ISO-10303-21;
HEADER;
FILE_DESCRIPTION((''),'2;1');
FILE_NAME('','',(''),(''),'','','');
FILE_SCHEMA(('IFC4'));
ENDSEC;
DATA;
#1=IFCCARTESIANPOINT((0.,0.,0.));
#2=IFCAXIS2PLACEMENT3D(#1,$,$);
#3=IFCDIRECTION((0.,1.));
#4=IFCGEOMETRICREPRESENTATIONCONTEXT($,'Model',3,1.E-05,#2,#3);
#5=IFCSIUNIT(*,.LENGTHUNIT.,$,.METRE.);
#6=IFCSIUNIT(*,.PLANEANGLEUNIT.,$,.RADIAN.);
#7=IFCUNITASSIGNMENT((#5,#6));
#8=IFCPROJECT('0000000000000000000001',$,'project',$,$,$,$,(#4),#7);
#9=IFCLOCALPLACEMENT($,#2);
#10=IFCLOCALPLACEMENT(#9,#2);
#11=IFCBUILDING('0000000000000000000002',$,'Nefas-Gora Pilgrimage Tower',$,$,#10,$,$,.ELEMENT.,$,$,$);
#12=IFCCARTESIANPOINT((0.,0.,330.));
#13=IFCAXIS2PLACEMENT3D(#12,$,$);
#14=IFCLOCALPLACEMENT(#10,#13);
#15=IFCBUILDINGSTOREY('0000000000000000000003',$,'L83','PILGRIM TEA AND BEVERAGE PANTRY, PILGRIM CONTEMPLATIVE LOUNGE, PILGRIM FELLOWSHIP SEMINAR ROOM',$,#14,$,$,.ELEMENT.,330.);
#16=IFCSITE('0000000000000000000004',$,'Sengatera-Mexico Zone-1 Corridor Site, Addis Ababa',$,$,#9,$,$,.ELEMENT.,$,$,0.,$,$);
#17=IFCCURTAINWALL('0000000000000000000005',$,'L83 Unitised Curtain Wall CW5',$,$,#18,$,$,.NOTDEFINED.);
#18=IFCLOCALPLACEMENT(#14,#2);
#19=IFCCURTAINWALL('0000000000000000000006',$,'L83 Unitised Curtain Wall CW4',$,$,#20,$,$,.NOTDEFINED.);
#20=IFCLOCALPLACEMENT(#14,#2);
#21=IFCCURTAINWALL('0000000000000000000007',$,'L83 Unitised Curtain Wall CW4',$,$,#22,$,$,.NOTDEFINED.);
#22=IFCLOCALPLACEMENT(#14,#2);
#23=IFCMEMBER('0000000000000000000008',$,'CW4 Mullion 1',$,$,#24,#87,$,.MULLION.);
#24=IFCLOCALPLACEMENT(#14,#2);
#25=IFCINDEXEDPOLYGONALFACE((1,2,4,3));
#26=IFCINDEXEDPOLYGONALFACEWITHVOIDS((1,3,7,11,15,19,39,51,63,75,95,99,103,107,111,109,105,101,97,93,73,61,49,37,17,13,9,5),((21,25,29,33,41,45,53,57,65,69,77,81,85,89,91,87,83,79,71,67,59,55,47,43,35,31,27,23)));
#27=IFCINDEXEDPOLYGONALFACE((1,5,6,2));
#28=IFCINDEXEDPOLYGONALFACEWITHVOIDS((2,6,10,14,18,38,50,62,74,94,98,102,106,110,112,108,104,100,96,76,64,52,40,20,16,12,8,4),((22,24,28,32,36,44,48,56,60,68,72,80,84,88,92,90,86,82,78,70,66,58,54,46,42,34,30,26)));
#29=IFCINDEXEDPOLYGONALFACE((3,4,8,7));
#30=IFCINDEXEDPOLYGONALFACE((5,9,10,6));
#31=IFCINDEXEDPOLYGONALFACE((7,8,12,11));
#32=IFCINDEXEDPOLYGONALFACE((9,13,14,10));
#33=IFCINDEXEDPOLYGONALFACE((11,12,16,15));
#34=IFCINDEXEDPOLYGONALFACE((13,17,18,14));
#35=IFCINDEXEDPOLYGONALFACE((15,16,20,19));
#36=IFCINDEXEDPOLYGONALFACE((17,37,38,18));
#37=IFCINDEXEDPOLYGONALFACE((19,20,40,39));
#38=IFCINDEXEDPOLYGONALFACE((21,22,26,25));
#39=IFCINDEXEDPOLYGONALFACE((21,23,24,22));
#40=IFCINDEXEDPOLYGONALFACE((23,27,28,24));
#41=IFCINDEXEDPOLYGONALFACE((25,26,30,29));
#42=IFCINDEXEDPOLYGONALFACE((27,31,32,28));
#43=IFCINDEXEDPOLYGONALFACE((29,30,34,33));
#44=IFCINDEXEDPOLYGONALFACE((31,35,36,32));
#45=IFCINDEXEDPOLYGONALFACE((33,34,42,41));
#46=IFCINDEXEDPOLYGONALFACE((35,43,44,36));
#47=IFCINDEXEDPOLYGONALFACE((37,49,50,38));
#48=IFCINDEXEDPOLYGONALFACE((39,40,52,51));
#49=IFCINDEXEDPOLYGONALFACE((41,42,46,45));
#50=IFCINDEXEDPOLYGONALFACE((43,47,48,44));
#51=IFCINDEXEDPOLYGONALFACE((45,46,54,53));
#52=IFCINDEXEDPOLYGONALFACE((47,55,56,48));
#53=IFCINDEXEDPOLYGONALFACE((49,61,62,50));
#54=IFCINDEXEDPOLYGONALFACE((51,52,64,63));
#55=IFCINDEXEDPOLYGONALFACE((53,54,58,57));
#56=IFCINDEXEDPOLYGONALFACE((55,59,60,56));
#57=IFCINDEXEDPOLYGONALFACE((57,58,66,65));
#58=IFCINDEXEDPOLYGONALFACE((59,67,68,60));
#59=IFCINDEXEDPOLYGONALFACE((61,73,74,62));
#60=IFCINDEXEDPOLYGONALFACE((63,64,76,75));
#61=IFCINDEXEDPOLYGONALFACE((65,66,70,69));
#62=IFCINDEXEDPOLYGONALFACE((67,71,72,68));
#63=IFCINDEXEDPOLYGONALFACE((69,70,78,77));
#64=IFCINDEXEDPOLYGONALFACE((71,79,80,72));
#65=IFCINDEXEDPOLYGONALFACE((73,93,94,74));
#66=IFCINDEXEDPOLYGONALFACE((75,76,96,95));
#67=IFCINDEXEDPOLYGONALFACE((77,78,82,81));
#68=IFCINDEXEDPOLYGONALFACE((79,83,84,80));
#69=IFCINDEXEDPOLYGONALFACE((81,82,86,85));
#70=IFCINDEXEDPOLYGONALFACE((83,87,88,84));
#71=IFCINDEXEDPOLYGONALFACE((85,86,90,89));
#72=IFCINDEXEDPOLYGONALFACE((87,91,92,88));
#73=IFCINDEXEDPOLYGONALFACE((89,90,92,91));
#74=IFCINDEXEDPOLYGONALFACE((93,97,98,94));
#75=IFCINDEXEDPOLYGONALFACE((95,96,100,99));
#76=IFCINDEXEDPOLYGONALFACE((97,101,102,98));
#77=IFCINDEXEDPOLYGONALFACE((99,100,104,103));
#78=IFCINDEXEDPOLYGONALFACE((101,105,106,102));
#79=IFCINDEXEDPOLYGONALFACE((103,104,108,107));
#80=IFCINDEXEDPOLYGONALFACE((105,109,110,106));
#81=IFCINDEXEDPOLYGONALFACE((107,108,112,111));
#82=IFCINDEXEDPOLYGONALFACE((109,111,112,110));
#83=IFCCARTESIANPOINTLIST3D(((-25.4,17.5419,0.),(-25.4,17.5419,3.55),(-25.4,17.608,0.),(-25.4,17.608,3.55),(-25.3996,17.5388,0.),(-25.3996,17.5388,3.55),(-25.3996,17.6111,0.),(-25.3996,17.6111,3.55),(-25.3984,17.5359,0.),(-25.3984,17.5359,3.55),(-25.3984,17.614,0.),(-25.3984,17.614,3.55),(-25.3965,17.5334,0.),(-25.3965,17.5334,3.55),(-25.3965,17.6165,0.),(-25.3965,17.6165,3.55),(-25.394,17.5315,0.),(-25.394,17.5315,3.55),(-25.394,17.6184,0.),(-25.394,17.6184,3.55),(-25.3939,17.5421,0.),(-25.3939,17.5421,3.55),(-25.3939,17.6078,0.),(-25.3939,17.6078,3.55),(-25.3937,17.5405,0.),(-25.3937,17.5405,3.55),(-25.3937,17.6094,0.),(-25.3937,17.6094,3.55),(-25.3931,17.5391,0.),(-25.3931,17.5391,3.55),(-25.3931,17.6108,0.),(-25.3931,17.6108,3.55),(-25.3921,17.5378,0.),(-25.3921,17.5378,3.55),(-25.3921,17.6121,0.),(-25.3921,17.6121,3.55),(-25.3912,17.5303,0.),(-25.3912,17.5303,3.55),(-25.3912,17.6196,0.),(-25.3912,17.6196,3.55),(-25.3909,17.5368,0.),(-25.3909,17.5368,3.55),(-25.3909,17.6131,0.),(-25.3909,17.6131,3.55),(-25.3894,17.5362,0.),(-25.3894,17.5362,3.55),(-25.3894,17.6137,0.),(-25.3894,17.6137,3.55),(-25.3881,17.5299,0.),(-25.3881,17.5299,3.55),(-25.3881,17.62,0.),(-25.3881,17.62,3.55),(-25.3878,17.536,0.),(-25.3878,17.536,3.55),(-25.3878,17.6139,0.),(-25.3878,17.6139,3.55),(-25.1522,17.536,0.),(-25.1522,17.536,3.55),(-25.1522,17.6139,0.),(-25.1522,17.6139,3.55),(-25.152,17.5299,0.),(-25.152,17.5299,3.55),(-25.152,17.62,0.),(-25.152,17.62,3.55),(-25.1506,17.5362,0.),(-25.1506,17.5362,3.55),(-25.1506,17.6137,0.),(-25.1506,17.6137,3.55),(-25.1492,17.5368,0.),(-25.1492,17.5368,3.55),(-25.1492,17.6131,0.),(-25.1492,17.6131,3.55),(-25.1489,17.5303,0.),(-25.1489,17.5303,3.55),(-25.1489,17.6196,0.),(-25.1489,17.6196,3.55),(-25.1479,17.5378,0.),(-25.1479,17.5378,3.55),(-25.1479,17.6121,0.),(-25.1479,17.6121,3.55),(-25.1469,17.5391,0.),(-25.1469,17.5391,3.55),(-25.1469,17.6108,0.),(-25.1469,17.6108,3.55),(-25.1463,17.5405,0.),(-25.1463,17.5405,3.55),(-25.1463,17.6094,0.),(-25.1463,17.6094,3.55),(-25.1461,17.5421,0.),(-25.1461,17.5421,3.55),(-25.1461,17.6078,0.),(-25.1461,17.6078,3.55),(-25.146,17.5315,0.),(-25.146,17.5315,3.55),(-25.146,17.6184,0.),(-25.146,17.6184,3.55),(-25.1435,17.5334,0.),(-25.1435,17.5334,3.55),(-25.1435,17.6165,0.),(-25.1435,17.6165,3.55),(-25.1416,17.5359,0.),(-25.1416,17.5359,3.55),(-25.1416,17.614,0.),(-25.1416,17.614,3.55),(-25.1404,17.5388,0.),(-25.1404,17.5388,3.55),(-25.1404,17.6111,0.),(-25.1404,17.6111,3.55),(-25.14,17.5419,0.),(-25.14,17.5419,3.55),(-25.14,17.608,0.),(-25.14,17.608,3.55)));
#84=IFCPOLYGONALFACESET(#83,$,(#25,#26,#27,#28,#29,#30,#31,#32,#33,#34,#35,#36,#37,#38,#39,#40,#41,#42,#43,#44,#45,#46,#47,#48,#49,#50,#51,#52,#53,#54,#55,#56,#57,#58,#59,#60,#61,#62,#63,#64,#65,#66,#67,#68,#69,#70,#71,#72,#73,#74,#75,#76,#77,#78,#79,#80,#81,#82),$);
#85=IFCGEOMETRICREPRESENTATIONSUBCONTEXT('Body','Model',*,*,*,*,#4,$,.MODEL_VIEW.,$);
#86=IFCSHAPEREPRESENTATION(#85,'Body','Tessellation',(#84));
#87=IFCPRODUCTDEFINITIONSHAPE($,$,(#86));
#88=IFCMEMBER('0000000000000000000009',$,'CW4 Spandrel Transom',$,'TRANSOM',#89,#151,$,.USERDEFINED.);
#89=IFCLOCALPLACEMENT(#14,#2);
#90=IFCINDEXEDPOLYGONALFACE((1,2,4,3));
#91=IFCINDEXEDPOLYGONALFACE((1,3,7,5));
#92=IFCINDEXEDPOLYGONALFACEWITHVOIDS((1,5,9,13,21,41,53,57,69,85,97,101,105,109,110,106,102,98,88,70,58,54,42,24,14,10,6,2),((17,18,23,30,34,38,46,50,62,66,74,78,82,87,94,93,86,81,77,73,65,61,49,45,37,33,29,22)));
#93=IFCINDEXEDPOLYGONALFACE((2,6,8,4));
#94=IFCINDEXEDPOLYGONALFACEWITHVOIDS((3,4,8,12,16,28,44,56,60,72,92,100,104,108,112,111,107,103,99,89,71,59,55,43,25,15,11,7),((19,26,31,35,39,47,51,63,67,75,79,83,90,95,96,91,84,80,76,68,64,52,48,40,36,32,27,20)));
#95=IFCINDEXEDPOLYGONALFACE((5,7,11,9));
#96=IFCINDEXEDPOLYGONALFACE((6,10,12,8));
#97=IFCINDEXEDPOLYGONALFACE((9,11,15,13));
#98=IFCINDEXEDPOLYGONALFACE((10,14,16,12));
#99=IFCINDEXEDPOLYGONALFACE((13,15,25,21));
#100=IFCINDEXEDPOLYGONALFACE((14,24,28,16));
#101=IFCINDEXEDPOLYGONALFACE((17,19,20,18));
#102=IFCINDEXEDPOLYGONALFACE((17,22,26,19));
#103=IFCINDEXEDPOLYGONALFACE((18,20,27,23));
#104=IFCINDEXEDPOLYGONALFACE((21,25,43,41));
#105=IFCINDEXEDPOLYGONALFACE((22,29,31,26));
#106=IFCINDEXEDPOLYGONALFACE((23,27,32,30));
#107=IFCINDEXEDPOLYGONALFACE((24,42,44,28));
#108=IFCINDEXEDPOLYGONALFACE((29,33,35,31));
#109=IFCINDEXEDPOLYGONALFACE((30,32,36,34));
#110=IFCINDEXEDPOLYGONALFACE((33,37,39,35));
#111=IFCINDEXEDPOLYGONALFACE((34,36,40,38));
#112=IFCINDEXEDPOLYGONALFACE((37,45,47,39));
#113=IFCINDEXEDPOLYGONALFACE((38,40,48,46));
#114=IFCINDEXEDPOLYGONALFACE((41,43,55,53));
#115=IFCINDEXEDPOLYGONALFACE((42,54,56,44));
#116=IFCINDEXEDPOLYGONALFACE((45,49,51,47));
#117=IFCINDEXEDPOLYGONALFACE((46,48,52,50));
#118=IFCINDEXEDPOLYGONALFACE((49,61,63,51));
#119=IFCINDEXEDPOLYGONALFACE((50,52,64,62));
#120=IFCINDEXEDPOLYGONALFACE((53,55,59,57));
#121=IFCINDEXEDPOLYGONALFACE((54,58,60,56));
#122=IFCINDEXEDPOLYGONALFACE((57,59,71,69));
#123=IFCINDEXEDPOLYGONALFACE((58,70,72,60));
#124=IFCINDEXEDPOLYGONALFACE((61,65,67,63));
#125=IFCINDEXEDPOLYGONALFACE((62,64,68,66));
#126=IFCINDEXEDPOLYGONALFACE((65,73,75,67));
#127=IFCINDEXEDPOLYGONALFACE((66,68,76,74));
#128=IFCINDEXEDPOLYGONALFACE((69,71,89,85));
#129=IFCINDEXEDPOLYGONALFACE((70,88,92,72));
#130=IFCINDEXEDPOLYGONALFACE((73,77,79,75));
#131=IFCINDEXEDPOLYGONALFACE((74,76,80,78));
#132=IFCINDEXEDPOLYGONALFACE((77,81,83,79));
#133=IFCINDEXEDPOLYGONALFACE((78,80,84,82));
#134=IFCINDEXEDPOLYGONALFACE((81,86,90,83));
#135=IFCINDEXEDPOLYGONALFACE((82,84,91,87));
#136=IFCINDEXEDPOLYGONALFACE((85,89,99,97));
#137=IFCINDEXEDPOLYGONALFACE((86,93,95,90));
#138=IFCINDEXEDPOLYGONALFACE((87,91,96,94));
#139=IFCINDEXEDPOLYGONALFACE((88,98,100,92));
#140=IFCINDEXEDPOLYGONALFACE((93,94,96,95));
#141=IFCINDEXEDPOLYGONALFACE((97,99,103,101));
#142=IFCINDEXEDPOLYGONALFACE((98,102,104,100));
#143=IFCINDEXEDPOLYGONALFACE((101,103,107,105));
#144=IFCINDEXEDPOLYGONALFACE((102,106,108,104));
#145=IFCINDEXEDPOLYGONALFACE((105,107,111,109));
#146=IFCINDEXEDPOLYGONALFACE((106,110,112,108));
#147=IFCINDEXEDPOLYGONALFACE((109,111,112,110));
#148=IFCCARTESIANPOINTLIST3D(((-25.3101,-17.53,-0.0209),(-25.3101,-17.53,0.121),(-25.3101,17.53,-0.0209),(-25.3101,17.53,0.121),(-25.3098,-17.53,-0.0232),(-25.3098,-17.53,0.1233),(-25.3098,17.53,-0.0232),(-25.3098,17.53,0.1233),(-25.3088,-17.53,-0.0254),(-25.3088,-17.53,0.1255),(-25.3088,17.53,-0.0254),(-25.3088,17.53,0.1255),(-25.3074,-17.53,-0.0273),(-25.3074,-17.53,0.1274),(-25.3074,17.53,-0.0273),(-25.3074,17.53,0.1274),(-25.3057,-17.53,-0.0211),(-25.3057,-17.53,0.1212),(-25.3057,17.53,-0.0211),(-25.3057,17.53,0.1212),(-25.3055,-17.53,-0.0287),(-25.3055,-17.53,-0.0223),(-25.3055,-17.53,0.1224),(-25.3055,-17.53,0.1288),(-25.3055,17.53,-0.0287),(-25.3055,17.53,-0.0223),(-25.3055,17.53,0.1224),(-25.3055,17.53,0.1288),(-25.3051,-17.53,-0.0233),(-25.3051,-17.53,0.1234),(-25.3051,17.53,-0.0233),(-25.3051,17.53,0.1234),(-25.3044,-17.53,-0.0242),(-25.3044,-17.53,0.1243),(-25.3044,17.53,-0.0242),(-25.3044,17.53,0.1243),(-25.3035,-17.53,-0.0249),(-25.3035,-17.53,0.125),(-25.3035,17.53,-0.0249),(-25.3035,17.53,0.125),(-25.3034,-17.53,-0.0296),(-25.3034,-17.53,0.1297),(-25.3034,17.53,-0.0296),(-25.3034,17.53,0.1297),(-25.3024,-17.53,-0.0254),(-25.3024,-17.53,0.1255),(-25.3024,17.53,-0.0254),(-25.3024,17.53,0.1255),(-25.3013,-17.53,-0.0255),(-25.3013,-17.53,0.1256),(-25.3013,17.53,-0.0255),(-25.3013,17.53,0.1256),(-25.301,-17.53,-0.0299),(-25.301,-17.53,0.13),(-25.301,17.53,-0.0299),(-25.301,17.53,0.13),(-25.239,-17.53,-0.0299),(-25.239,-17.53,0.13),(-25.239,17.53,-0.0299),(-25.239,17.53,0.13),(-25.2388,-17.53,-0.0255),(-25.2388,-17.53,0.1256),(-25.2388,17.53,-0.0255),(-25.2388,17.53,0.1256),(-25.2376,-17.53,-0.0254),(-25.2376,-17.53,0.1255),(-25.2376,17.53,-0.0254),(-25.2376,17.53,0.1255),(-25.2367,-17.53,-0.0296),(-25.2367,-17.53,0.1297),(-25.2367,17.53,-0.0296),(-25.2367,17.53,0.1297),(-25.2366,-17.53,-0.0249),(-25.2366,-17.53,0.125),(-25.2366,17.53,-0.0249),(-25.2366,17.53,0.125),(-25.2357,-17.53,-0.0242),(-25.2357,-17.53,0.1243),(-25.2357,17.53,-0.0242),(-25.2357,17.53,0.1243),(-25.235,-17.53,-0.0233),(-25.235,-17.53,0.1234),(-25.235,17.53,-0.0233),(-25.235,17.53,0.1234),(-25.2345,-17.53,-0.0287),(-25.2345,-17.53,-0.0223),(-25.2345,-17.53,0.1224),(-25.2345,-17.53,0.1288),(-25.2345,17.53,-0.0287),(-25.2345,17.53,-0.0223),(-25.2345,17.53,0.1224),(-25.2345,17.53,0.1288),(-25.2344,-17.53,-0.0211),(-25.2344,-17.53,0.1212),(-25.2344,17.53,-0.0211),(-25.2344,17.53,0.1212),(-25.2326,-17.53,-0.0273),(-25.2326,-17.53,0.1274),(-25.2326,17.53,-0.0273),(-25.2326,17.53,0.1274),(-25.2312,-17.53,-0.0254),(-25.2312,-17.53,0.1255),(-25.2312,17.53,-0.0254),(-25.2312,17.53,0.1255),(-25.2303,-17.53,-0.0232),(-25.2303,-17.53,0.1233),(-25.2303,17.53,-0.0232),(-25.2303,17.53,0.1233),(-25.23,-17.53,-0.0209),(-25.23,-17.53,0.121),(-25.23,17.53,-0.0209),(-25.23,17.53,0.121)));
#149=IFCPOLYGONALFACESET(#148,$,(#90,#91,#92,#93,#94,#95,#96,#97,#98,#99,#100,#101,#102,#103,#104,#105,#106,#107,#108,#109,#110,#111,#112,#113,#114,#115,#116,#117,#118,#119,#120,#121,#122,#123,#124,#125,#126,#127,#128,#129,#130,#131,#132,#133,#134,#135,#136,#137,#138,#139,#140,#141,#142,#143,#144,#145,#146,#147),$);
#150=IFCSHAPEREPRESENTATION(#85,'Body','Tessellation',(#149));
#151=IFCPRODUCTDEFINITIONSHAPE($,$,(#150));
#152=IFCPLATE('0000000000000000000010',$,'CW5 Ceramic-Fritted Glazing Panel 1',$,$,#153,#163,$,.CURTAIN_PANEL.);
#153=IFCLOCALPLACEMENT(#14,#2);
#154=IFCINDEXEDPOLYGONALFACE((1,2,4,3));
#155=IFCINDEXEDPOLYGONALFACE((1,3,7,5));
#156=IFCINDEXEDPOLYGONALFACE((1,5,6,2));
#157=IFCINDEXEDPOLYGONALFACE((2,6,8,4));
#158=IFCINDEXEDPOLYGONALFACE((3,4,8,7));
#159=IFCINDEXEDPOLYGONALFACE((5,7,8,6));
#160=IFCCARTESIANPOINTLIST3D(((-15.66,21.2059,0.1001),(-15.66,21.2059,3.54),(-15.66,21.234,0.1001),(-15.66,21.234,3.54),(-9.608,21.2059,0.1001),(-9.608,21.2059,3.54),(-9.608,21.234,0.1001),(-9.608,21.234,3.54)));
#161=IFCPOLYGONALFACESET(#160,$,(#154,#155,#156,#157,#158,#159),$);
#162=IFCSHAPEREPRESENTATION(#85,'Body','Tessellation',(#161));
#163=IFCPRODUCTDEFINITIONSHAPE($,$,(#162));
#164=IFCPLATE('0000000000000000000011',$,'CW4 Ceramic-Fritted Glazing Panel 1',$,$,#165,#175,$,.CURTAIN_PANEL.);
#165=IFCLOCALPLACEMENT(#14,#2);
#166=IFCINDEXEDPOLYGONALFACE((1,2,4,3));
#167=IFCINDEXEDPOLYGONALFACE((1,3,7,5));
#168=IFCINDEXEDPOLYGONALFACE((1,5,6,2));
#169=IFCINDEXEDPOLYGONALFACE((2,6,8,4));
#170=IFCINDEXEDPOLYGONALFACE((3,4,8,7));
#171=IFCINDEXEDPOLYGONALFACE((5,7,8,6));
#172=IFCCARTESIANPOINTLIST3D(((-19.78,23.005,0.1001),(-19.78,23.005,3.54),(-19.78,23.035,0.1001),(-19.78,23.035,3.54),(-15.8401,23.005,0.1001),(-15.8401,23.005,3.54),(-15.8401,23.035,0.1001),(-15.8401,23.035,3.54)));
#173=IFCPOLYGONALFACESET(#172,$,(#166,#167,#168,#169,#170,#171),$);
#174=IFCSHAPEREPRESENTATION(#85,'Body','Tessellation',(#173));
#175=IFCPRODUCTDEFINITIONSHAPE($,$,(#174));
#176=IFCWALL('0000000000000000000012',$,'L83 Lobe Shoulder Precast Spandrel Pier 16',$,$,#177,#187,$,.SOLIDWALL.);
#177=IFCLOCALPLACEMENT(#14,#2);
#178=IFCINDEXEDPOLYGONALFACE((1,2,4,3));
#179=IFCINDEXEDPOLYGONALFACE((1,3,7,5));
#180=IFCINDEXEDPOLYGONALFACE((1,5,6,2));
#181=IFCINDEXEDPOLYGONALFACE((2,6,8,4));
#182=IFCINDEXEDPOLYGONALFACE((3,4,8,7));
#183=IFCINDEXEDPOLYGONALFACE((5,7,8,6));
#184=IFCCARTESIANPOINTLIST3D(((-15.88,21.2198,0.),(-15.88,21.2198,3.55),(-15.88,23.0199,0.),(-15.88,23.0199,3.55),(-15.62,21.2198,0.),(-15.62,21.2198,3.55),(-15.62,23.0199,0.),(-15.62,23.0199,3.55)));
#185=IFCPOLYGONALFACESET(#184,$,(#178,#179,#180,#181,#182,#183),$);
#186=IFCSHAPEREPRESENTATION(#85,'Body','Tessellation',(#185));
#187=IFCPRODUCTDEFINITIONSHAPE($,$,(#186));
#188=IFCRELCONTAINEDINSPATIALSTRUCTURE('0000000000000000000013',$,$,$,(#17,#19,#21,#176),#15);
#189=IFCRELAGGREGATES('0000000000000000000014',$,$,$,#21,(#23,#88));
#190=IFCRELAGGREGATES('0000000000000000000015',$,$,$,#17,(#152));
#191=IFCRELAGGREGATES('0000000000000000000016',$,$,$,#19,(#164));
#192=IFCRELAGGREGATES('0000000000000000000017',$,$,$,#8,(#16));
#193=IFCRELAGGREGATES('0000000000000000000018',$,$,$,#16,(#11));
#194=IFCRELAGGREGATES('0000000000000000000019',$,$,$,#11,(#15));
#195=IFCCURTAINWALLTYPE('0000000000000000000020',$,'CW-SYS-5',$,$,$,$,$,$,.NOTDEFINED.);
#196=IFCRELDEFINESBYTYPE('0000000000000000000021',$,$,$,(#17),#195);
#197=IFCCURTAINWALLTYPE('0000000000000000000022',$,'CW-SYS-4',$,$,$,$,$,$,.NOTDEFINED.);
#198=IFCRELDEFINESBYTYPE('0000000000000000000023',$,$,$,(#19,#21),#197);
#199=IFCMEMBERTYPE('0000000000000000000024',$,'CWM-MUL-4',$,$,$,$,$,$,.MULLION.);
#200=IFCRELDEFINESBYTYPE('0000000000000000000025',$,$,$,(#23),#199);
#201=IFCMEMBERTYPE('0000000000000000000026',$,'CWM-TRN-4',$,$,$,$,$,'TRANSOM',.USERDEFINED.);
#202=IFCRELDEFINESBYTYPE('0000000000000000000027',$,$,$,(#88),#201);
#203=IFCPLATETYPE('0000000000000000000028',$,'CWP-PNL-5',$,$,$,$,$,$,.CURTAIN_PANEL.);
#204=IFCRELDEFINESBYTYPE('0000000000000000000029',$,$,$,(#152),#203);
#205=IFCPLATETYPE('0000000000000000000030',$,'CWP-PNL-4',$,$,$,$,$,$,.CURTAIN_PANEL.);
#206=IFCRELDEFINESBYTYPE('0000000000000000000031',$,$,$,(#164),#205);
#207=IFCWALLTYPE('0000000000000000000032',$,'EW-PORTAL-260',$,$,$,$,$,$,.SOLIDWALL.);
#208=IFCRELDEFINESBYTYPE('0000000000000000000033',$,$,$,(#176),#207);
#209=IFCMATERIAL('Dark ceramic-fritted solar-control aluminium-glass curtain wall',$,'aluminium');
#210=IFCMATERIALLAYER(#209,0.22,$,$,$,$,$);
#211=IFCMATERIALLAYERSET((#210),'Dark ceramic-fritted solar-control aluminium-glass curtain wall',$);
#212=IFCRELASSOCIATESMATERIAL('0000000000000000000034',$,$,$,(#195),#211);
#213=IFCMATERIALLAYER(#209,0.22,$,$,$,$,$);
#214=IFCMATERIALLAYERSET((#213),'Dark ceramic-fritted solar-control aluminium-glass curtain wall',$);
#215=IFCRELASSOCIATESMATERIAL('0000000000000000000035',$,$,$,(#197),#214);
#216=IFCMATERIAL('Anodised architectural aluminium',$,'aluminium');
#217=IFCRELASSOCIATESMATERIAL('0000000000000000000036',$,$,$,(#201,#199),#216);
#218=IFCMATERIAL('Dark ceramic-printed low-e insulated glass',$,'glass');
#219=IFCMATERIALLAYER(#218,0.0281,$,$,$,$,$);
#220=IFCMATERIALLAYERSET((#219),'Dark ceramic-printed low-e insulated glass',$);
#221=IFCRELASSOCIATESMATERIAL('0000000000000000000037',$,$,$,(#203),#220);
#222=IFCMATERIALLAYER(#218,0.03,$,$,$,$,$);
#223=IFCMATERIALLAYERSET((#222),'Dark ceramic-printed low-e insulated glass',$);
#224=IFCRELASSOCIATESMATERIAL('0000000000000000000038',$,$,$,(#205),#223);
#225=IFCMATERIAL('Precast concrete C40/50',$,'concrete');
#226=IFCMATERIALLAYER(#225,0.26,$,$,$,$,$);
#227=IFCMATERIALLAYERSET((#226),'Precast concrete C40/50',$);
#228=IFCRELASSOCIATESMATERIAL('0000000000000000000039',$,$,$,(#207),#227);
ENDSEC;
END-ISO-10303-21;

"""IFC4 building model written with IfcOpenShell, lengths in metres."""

from ifc_helpers import new_model, si_unit, direction, frame, frame_2d, origin, origin_2d, place, context, subcontext, project, spatial, rectangle, hollow_rectangle, extrude, source, transform, mapped, material, layer, layer_set, material_profile, profile_set, type_object, element, aggregate, save


model = new_model("IFC4")

# Units and contexts
model_context = context("Model", 3, precision=1e-05, world=origin(), true_north=direction((0.0, 1.0)))
body_context = subcontext(model_context, "Body", "Model", "MODEL_VIEW")
ifc_project = project(units=[si_unit("LENGTHUNIT", "METRE"), si_unit("PLANEANGLEUNIT", "RADIAN")], contexts=[model_context])

# Site, building, storey
site_placement = place(None, origin())
site = spatial("IfcSite", under=ifc_project, at=site_placement, Name="Sengatera-Mexico Zone-1 Corridor Site, Addis Ababa", CompositionType="ELEMENT", RefElevation=0.0)
building_placement = place(site_placement, origin())
building = spatial("IfcBuilding", under=site, at=building_placement, Name="Nefas-Gora Pilgrimage Tower", CompositionType="ELEMENT")
storey_placement = place(building_placement, frame((0.0, 0.0, 330.0)))
storey = spatial("IfcBuildingStorey", under=building, at=storey_placement, Name="L83", Description="PILGRIM TEA AND BEVERAGE PANTRY, PILGRIM CONTEMPLATIVE LOUNGE, PILGRIM FELLOWSHIP SEMINAR ROOM", CompositionType="ELEMENT", Elevation=330.0)

# Curtain wall
ifc_material_1 = material(Name="Dark ceramic-fritted solar-control aluminium-glass curtain wall", Category="aluminium")
ifc_layer_1 = layer(ifc_material_1, 0.22)
ifc_layer_set_1 = layer_set([ifc_layer_1], Name="Dark ceramic-fritted solar-control aluminium-glass curtain wall")
curtain_wall_type_1 = type_object("IfcCurtainWallType", Name="CW-SYS-5", PredefinedType="NOTDEFINED", material=ifc_layer_set_1)
curtain_wall_1_placement = place(storey_placement, origin())
curtain_wall_1 = element("IfcCurtainWall", 1, at=curtain_wall_1_placement, inside=storey, type_object=curtain_wall_type_1, Name="L83 Unitised Curtain Wall CW5", PredefinedType="NOTDEFINED")
ifc_material_2 = material(Name="Anodised architectural aluminium", Category="aluminium")

# Curtain walls, members
ifc_layer_2 = layer(ifc_material_1, 0.22)
ifc_layer_set_2 = layer_set([ifc_layer_2], Name="Dark ceramic-fritted solar-control aluminium-glass curtain wall")
curtain_wall_type_2 = type_object("IfcCurtainWallType", Name="CW-SYS-4", PredefinedType="NOTDEFINED", material=ifc_layer_set_2)
curtain_wall_2_placement = place(storey_placement, origin())
curtain_wall_2 = element("IfcCurtainWall", 2, at=curtain_wall_2_placement, inside=storey, type_object=curtain_wall_type_2, Name="L83 Unitised Curtain Wall CW4", PredefinedType="NOTDEFINED")
ifc_material_profile_1 = material_profile(ifc_material_2, hollow_rectangle(XDim=0.0801, YDim=0.1599, WallThickness=0.0044, InnerFilletRadius=0.0044, OuterFilletRadius=0.009, at=origin_2d()), Name="ALU TRANSOM 80x160")
ifc_profile_set_1 = profile_set([ifc_material_profile_1], Name="Anodised architectural aluminium")
member_type_1 = type_object("IfcMemberType", Name="CWM-TRN-4", ElementType="TRANSOM", PredefinedType="USERDEFINED", material=ifc_profile_set_1)
ifc_material_profile_2 = material_profile(ifc_material_2, hollow_rectangle(XDim=0.0901, YDim=0.26, WallThickness=0.0061, InnerFilletRadius=0.0061, OuterFilletRadius=0.012, at=origin_2d()), Name="ALU MULLION 90x260")
ifc_profile_set_2 = profile_set([ifc_material_profile_2], Name="Anodised architectural aluminium")
member_type_2 = type_object("IfcMemberType", Name="CWM-MUL-4", PredefinedType="MULLION", material=ifc_profile_set_2)
shared_shape_1 = source(origin(), body_context, "Body", "SweptSolid", [
    extrude(hollow_rectangle(XDim=0.0901, YDim=0.26, WallThickness=0.0061, InnerFilletRadius=0.0061, OuterFilletRadius=0.012, at=origin_2d()), origin(), (0.0, 0.0, 1.0), 3.55),
])
curtain_wall_3_placement = place(storey_placement, origin())
curtain_wall_3 = element("IfcCurtainWall", 3, at=curtain_wall_3_placement, inside=storey, type_object=curtain_wall_type_2, Name="L83 Unitised Curtain Wall CW4", PredefinedType="NOTDEFINED")
member_1_placement = place(storey_placement, frame((-25.27, 17.575, 0.0), z_axis=(0.0, 0.0, 1.0), x_axis=(0.0, -1.0, 0.0)))
member_1 = element("IfcMember", 4, at=member_1_placement, type_object=member_type_2, Name="CW4 Mullion 1", PredefinedType="MULLION", context=body_context, shape_type="MappedRepresentation", body=[
    mapped(shared_shape_1, transform((0.0, 0.0, 0.0), x_axis=(1.0, 0.0, 0.0), y_axis=(0.0, 1.0, 0.0), z_axis=(0.0, 0.0, 1.0), scale=1.0)),
])
shared_shape_2 = source(origin(), body_context, "Body", "SweptSolid", [
    extrude(hollow_rectangle(XDim=0.0801, YDim=0.1599, WallThickness=0.0044, InnerFilletRadius=0.0044, OuterFilletRadius=0.009, at=origin_2d()), origin(), (0.0, 0.0, 1.0), 35.0601),
])
member_2_placement = place(storey_placement, frame((-25.27, 17.53, 0.05), z_axis=(0.0, -1.0, 0.0), x_axis=(1.0, 0.0, 0.0)))
member_2 = element("IfcMember", 5, at=member_2_placement, type_object=member_type_1, Name="CW4 Spandrel Transom", ObjectType="TRANSOM", PredefinedType="USERDEFINED", context=body_context, shape_type="MappedRepresentation", body=[
    mapped(shared_shape_2, transform((0.0, 0.0, 0.0), x_axis=(1.0, 0.0, 0.0), y_axis=(0.0, 1.0, 0.0), z_axis=(0.0, 0.0, 1.0), scale=1.0)),
])
aggregate(curtain_wall_3, [member_1, member_2])

# Plates
ifc_material_3 = material(Name="Dark ceramic-printed low-e insulated glass", Category="glass")
ifc_layer_3 = layer(ifc_material_3, 0.0281)
ifc_layer_set_3 = layer_set([ifc_layer_3], Name="Dark ceramic-printed low-e insulated glass")
plate_type_1 = type_object("IfcPlateType", Name="CWP-PNL-5", PredefinedType="CURTAIN_PANEL", material=ifc_layer_set_3)
shared_shape_3 = source(origin(), body_context, "Body", "SweptSolid", [
    extrude(rectangle(XDim=6.052, YDim=0.0281, at=origin_2d()), origin(), (0.0, 0.0, 1.0), 3.4399),
])
plate_1_placement = place(storey_placement, frame((-12.634, 21.22, 0.1001), z_axis=(0.0, 0.0, 1.0), x_axis=(-1.0, 0.0, 0.0)))
plate_1 = element("IfcPlate", 6, at=plate_1_placement, type_object=plate_type_1, Name="CW5 Ceramic-Fritted Glazing Panel 1", PredefinedType="CURTAIN_PANEL", context=body_context, shape_type="MappedRepresentation", body=[
    mapped(shared_shape_3, transform((0.0, 0.0, 0.0), x_axis=(1.0, 0.0, 0.0), y_axis=(0.0, 1.0, 0.0), z_axis=(0.0, 0.0, 1.0), scale=1.0)),
])
aggregate(curtain_wall_1, [plate_1])
ifc_layer_4 = layer(ifc_material_3, 0.03)
ifc_layer_set_4 = layer_set([ifc_layer_4], Name="Dark ceramic-printed low-e insulated glass")
plate_type_2 = type_object("IfcPlateType", Name="CWP-PNL-4", PredefinedType="CURTAIN_PANEL", material=ifc_layer_set_4)
shared_shape_4 = source(origin(), body_context, "Body", "SweptSolid", [
    extrude(rectangle(XDim=3.9399, YDim=0.03, at=origin_2d()), origin(), (0.0, 0.0, 1.0), 3.4399),
])
plate_2_placement = place(storey_placement, frame((-17.8101, 23.02, 0.1001), z_axis=(0.0, 0.0, 1.0), x_axis=(-1.0, 0.0, 0.0)))
plate_2 = element("IfcPlate", 7, at=plate_2_placement, type_object=plate_type_2, Name="CW4 Ceramic-Fritted Glazing Panel 1", PredefinedType="CURTAIN_PANEL", context=body_context, shape_type="MappedRepresentation", body=[
    mapped(shared_shape_4, transform((0.0, 0.0, 0.0), x_axis=(1.0, 0.0, 0.0), y_axis=(0.0, 1.0, 0.0), z_axis=(0.0, 0.0, 1.0), scale=1.0)),
])
aggregate(curtain_wall_2, [plate_2])

# Wall
ifc_material_4 = material(Name="Precast concrete C40/50", Category="concrete")
ifc_layer_5 = layer(ifc_material_4, 0.26)
ifc_layer_set_5 = layer_set([ifc_layer_5], Name="Precast concrete C40/50")
wall_type_1 = type_object("IfcWallType", Name="EW-PORTAL-260", PredefinedType="SOLIDWALL", material=ifc_layer_set_5)
shared_shape_5 = source(origin(), body_context, "Body", "SweptSolid", [
    extrude(rectangle(XDim=1.8, YDim=0.26, at=frame_2d((0.8999, 0.0))), origin(), (0.0, 0.0, 1.0), 3.55),
])
wall_1_placement = place(storey_placement, frame((-15.75, 21.22, 0.0), z_axis=(0.0, 0.0, 1.0), x_axis=(0.0, 1.0, 0.0)))
element("IfcWall", 8, at=wall_1_placement, inside=storey, type_object=wall_type_1, Name="L83 Lobe Shoulder Precast Spandrel Pier 16", PredefinedType="SOLIDWALL", context=body_context, shape_type="MappedRepresentation", body=[
    mapped(shared_shape_5, transform((0.0, 0.0, 0.0), x_axis=(1.0, 0.0, 0.0), y_axis=(0.0, 1.0, 0.0), z_axis=(0.0, 0.0, 1.0), scale=1.0)),
])

save(model, "model.ifc")
